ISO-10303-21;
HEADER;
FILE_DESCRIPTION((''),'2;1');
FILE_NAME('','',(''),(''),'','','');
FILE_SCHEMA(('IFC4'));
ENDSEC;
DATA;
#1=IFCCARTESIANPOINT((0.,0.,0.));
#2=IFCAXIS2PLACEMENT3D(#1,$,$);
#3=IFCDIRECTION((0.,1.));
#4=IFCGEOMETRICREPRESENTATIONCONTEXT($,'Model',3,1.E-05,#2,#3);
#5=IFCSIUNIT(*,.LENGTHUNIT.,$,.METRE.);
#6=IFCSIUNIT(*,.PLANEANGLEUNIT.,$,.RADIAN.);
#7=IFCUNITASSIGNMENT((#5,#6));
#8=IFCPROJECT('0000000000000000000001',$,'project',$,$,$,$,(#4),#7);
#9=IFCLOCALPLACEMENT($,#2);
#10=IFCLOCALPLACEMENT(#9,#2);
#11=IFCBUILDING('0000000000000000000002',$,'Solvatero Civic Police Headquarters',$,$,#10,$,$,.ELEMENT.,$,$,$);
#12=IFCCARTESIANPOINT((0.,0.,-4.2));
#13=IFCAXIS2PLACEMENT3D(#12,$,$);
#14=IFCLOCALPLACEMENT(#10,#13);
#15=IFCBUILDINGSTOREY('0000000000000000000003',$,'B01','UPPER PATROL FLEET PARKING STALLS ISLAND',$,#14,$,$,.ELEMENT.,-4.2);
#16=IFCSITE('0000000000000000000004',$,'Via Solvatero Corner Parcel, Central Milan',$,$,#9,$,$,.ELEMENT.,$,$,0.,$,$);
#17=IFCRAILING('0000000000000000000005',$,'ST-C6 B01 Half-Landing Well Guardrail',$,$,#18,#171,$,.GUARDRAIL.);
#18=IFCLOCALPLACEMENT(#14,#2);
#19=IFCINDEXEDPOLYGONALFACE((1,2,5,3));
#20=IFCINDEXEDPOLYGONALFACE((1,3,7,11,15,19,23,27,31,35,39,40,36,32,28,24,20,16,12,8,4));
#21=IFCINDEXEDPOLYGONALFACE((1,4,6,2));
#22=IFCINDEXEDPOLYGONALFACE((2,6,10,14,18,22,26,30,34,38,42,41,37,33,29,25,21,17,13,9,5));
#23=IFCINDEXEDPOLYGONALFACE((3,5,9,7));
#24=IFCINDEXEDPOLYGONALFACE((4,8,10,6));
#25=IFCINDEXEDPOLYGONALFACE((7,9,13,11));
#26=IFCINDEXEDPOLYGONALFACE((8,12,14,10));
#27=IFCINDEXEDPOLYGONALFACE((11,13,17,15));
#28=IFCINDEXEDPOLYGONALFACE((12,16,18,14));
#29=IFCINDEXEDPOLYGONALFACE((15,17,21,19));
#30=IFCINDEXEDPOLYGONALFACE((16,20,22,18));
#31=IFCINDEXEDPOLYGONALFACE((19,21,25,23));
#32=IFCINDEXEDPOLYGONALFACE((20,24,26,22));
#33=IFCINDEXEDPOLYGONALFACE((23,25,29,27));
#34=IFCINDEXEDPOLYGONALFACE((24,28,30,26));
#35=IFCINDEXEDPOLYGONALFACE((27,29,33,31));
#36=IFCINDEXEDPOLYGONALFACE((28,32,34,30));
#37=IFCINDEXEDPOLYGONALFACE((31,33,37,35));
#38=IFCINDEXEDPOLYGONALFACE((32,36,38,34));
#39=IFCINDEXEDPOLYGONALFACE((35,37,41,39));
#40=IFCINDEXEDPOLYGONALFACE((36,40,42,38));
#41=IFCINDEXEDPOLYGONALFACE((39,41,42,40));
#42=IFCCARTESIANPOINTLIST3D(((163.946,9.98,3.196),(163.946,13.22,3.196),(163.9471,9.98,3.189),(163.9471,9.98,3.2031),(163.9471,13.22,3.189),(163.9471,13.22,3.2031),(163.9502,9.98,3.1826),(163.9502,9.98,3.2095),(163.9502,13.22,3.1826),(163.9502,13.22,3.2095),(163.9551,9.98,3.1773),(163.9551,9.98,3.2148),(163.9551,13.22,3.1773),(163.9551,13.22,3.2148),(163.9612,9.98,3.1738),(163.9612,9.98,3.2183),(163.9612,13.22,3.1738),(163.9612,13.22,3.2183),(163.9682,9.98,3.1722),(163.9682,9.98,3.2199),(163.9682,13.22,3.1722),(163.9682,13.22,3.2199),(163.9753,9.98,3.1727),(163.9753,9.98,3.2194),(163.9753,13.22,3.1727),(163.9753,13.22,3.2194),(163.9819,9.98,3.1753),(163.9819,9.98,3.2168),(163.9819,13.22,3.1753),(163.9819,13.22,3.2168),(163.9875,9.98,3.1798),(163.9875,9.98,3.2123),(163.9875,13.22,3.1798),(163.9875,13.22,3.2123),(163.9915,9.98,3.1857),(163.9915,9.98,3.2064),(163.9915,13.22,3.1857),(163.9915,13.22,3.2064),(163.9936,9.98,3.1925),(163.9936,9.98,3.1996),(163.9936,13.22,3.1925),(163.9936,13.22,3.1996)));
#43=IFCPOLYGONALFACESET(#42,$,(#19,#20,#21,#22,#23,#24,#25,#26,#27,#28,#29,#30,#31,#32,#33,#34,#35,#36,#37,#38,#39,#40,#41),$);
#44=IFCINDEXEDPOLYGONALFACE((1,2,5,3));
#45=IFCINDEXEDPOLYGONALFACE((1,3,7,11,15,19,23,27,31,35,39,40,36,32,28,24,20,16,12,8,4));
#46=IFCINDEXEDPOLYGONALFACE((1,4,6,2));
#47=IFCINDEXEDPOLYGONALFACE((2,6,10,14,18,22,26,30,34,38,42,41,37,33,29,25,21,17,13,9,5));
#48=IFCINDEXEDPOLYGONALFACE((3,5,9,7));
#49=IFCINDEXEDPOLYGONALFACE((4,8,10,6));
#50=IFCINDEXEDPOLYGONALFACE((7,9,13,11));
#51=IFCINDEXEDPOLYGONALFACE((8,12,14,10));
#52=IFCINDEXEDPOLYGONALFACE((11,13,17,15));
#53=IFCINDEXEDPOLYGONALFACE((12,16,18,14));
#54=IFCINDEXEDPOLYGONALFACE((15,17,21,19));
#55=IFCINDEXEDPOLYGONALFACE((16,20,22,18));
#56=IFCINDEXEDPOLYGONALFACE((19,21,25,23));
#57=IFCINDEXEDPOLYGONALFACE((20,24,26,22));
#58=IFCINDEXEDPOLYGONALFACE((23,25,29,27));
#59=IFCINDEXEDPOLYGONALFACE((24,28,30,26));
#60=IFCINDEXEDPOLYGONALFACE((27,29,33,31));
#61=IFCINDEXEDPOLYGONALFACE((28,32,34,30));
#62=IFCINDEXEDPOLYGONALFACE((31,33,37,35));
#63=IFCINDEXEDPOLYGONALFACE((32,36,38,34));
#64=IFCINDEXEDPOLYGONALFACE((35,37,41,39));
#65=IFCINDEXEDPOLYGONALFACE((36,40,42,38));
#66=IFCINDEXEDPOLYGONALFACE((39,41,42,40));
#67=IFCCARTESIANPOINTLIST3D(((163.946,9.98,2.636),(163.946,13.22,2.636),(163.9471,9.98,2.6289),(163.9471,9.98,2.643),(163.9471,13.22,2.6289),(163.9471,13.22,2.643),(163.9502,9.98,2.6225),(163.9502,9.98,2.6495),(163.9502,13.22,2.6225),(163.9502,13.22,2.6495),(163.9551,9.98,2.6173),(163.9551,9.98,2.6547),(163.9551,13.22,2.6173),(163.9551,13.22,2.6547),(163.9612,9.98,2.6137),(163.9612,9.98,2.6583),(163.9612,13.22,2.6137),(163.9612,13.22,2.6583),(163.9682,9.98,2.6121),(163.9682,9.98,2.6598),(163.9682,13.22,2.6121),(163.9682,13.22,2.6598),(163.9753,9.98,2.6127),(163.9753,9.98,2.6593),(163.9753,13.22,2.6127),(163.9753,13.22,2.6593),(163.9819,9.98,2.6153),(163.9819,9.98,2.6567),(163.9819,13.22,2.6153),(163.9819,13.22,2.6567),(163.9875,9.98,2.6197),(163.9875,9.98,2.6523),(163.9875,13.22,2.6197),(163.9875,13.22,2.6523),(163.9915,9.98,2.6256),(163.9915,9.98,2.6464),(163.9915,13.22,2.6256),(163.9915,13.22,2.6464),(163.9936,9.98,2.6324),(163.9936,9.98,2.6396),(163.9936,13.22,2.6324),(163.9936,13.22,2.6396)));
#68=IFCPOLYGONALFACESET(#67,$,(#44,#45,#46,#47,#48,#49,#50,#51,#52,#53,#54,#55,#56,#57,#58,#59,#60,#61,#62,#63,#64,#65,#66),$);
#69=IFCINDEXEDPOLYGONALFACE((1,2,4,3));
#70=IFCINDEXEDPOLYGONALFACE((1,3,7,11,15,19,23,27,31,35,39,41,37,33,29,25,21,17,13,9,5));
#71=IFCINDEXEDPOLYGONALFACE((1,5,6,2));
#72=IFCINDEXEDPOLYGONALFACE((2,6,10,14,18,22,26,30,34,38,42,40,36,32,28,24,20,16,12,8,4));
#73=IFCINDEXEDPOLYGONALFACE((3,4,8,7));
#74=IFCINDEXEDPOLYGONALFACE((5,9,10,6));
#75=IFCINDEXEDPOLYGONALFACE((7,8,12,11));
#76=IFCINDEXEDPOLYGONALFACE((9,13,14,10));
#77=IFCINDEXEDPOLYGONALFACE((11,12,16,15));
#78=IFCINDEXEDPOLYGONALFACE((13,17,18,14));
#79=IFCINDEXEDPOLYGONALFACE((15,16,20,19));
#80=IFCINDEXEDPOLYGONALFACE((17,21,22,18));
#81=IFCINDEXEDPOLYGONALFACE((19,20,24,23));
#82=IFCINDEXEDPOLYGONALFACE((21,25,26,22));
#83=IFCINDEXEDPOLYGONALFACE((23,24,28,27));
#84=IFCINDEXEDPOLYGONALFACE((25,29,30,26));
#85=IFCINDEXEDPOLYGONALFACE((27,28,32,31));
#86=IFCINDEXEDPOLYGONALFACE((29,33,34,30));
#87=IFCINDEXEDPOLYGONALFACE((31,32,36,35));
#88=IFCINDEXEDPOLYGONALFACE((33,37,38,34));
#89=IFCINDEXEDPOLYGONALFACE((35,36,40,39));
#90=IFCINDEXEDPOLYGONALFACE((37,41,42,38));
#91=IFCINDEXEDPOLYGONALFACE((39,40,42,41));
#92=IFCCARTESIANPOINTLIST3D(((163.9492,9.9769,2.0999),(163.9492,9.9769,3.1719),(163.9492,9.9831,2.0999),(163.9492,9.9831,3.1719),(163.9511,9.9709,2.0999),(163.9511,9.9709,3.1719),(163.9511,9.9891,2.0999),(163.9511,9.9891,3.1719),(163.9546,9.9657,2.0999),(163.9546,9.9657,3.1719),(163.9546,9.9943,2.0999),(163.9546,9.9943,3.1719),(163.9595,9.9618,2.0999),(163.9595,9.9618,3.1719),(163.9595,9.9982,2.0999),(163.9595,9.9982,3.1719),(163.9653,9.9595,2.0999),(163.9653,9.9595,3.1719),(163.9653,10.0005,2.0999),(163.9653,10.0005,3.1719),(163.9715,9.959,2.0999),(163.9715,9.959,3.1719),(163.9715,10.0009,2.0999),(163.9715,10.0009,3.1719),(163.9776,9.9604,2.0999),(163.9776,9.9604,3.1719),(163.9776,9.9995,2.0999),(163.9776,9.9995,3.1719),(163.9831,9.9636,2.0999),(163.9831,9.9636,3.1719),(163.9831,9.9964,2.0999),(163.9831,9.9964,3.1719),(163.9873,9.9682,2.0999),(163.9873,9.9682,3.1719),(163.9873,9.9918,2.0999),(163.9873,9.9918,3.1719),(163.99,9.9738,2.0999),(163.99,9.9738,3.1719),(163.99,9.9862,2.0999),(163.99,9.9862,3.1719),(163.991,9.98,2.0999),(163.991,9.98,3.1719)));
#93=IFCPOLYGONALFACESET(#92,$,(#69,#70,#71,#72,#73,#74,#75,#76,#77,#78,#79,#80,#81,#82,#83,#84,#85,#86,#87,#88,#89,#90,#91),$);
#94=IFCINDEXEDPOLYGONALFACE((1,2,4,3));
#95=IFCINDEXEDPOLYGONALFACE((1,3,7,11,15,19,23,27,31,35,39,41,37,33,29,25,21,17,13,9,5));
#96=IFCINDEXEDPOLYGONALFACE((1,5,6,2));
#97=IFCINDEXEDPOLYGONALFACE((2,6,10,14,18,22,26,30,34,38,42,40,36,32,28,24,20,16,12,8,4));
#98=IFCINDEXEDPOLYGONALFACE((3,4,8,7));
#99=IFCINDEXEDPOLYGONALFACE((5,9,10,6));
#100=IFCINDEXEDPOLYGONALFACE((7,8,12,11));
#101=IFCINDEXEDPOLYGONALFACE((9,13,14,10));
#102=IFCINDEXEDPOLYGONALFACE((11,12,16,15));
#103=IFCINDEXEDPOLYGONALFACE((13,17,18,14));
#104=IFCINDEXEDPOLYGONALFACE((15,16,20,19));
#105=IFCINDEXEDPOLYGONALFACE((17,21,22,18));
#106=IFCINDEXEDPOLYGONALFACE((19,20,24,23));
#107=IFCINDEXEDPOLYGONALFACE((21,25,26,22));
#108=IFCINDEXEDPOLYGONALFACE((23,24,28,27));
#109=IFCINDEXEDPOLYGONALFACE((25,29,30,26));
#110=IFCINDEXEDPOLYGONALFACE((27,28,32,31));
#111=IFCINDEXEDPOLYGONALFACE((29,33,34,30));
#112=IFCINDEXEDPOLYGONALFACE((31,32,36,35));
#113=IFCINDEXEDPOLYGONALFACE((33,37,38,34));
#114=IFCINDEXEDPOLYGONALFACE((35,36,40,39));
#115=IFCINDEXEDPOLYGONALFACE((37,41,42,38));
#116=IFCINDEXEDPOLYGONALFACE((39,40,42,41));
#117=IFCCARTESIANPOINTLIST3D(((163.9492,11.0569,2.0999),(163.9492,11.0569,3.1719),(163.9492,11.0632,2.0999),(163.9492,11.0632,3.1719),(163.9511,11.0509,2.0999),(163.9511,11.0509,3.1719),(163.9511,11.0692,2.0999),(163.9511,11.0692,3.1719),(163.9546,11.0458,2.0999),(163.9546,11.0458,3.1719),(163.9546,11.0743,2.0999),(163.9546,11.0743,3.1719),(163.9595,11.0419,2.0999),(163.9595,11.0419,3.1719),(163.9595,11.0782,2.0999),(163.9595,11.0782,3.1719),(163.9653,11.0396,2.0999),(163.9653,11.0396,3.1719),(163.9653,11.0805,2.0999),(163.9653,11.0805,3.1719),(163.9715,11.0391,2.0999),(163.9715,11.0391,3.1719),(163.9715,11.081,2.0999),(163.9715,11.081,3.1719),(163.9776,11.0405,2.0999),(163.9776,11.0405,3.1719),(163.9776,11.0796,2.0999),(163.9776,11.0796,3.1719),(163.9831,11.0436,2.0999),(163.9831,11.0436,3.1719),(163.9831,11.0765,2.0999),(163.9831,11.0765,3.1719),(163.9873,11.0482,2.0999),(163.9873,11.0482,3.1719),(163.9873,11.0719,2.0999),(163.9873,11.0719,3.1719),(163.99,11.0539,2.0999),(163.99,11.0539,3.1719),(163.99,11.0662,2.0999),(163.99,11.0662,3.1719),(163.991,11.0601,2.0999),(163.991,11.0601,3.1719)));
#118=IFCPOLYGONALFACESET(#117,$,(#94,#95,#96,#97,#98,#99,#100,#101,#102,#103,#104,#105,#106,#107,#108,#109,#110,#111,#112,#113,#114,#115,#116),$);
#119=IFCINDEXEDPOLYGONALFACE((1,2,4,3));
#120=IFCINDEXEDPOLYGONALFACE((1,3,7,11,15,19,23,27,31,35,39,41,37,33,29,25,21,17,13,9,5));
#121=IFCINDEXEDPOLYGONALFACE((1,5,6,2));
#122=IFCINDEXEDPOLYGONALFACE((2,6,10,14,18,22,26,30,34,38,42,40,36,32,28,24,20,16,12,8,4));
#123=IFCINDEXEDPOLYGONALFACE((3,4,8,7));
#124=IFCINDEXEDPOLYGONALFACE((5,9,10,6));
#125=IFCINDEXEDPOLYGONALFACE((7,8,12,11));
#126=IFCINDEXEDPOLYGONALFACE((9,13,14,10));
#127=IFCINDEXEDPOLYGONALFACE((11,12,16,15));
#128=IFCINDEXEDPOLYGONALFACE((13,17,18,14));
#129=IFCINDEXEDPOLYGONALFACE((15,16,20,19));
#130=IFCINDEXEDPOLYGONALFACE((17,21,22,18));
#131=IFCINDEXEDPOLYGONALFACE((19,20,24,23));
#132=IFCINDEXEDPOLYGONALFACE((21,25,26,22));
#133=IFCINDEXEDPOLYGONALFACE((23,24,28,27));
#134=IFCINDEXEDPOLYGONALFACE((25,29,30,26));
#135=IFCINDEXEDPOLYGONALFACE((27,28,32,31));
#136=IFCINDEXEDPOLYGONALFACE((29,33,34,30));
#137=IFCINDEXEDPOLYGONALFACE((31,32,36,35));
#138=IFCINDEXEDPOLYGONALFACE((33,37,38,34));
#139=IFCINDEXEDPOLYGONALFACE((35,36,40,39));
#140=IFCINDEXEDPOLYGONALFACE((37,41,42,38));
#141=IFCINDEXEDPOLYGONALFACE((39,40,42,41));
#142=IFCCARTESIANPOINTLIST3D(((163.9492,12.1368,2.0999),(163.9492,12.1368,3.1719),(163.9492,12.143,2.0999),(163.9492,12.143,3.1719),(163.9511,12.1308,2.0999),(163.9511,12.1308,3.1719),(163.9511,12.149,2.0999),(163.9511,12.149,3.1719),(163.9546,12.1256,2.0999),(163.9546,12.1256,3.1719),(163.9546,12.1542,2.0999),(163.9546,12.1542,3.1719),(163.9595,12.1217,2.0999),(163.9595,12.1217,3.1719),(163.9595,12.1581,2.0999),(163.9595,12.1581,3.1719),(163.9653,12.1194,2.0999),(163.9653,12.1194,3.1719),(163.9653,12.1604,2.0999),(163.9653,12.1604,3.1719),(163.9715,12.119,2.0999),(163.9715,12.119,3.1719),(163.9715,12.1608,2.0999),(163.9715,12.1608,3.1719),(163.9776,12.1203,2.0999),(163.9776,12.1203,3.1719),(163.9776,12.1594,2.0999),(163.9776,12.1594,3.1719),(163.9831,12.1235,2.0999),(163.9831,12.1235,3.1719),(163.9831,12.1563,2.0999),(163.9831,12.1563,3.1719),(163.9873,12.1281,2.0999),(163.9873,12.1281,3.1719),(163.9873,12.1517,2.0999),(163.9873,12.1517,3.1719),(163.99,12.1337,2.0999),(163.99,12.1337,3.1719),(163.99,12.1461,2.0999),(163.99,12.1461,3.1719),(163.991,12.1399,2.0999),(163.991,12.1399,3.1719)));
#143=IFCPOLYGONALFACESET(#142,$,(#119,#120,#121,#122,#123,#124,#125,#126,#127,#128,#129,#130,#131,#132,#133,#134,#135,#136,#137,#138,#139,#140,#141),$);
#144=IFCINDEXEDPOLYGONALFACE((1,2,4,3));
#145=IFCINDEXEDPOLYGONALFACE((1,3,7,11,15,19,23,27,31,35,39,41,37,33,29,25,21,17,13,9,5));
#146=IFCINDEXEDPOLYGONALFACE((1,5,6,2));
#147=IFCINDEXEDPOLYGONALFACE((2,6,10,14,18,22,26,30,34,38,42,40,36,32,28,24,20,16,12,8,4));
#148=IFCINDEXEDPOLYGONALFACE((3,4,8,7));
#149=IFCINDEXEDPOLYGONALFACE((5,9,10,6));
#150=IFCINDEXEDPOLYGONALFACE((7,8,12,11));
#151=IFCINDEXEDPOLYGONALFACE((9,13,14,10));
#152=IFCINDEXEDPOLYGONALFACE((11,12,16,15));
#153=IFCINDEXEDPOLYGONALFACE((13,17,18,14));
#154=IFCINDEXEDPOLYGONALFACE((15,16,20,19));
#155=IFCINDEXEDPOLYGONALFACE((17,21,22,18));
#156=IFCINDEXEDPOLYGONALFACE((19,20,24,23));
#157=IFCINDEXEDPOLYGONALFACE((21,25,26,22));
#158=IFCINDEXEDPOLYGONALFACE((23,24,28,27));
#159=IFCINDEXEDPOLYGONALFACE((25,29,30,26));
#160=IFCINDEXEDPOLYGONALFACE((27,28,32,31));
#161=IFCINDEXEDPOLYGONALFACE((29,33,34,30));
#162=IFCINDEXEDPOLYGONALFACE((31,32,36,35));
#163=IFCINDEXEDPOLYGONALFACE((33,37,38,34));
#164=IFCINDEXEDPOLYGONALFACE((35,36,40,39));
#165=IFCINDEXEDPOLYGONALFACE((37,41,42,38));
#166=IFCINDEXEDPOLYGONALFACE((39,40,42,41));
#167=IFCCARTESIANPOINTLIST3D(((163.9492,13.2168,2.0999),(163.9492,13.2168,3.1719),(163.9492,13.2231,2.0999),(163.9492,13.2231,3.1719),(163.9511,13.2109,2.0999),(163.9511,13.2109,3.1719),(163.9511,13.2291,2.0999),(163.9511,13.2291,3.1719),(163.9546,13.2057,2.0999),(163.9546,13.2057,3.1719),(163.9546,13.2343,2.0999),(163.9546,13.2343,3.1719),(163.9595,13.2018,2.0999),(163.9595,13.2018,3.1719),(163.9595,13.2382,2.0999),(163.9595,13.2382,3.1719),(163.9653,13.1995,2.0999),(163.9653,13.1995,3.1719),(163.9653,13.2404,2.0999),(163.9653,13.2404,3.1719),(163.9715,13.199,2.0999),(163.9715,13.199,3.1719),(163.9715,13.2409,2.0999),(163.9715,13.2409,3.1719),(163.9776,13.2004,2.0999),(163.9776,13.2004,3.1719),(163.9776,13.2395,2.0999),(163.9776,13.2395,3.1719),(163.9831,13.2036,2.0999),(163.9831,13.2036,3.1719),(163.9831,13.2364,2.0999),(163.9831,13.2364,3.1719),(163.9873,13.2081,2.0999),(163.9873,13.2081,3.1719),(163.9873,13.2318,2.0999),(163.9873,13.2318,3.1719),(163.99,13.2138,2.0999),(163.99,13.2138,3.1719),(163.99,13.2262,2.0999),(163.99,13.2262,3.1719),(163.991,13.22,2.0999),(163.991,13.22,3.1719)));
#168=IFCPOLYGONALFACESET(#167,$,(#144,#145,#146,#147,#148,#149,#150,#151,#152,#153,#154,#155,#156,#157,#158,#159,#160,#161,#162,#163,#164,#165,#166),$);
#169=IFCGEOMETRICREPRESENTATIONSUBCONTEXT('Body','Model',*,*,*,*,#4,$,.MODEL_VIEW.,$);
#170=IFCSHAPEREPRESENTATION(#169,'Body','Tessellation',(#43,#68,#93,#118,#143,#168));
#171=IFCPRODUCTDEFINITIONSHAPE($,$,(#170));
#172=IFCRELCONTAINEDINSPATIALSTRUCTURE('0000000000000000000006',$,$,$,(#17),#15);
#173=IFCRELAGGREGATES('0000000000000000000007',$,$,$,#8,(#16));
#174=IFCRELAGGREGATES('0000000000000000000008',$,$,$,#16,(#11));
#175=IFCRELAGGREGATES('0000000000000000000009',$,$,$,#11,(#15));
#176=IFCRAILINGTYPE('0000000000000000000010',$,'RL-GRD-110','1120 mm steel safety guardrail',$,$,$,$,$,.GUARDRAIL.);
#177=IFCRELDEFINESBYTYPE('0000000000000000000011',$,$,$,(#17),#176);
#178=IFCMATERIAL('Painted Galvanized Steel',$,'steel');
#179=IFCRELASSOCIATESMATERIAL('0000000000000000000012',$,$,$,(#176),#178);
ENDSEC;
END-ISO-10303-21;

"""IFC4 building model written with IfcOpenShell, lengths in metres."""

from ifc_helpers import new_model, si_unit, direction, frame, origin, origin_2d, place, context, subcontext, project, spatial, circle, extrude, material, type_object, element, save


model = new_model("IFC4")

# Units and contexts
model_context = context("Model", 3, precision=1e-05, world=origin(), true_north=direction((0.0, 1.0)))
body_context = subcontext(model_context, "Body", "Model", "MODEL_VIEW")
ifc_project = project(units=[si_unit("LENGTHUNIT", "METRE"), si_unit("PLANEANGLEUNIT", "RADIAN")], contexts=[model_context])

# Site, building, storey
site_placement = place(None, origin())
site = spatial("IfcSite", under=ifc_project, at=site_placement, Name="Via Solvatero Corner Parcel, Central Milan", CompositionType="ELEMENT", RefElevation=0.0)
building_placement = place(site_placement, origin())
building = spatial("IfcBuilding", under=site, at=building_placement, Name="Solvatero Civic Police Headquarters", CompositionType="ELEMENT")
storey_placement = place(building_placement, frame((0.0, 0.0, -4.2)))
storey = spatial("IfcBuildingStorey", under=building, at=storey_placement, Name="B01", Description="UPPER PATROL FLEET PARKING STALLS ISLAND", CompositionType="ELEMENT", Elevation=-4.2)

# Railing
ifc_material_1 = material(Name="Painted Galvanized Steel", Category="steel")
railing_type_1 = type_object("IfcRailingType", Name="RL-GRD-110", Description="1120 mm steel safety guardrail", PredefinedType="GUARDRAIL", material=ifc_material_1)
railing_1_placement = place(storey_placement, frame((163.97, 9.98, 2.0999)))
element("IfcRailing", 1, at=railing_1_placement, inside=storey, type_object=railing_type_1, Name="ST-C6 B01 Half-Landing Well Guardrail", PredefinedType="GUARDRAIL", context=body_context, shape_type="SweptSolid", body=[
    extrude(circle(Radius=0.0239, at=origin_2d()), frame((0.0, 0.0, 1.0962), z_axis=(0.0, 1.0, 0.0), x_axis=(-1.0, 0.0, 0.0)), (0.0, 0.0, 1.0), 3.24),
    extrude(circle(Radius=0.0239, at=origin_2d()), frame((0.0, 0.0, 0.5361), z_axis=(0.0, 1.0, 0.0), x_axis=(-1.0, 0.0, 0.0)), (0.0, 0.0, 1.0), 3.24),
    extrude(circle(Radius=0.021, at=origin_2d()), origin(), (0.0, 0.0, 1.0), 1.072),
    extrude(circle(Radius=0.021, at=origin_2d()), frame((0.0, 1.0801, 0.0)), (0.0, 0.0, 1.0), 1.072),
    extrude(circle(Radius=0.021, at=origin_2d()), frame((0.0, 2.1599, 0.0)), (0.0, 0.0, 1.0), 1.072),
    extrude(circle(Radius=0.021, at=origin_2d()), frame((0.0, 3.24, 0.0)), (0.0, 0.0, 1.0), 1.072),
])

save(model, "model.ifc")
